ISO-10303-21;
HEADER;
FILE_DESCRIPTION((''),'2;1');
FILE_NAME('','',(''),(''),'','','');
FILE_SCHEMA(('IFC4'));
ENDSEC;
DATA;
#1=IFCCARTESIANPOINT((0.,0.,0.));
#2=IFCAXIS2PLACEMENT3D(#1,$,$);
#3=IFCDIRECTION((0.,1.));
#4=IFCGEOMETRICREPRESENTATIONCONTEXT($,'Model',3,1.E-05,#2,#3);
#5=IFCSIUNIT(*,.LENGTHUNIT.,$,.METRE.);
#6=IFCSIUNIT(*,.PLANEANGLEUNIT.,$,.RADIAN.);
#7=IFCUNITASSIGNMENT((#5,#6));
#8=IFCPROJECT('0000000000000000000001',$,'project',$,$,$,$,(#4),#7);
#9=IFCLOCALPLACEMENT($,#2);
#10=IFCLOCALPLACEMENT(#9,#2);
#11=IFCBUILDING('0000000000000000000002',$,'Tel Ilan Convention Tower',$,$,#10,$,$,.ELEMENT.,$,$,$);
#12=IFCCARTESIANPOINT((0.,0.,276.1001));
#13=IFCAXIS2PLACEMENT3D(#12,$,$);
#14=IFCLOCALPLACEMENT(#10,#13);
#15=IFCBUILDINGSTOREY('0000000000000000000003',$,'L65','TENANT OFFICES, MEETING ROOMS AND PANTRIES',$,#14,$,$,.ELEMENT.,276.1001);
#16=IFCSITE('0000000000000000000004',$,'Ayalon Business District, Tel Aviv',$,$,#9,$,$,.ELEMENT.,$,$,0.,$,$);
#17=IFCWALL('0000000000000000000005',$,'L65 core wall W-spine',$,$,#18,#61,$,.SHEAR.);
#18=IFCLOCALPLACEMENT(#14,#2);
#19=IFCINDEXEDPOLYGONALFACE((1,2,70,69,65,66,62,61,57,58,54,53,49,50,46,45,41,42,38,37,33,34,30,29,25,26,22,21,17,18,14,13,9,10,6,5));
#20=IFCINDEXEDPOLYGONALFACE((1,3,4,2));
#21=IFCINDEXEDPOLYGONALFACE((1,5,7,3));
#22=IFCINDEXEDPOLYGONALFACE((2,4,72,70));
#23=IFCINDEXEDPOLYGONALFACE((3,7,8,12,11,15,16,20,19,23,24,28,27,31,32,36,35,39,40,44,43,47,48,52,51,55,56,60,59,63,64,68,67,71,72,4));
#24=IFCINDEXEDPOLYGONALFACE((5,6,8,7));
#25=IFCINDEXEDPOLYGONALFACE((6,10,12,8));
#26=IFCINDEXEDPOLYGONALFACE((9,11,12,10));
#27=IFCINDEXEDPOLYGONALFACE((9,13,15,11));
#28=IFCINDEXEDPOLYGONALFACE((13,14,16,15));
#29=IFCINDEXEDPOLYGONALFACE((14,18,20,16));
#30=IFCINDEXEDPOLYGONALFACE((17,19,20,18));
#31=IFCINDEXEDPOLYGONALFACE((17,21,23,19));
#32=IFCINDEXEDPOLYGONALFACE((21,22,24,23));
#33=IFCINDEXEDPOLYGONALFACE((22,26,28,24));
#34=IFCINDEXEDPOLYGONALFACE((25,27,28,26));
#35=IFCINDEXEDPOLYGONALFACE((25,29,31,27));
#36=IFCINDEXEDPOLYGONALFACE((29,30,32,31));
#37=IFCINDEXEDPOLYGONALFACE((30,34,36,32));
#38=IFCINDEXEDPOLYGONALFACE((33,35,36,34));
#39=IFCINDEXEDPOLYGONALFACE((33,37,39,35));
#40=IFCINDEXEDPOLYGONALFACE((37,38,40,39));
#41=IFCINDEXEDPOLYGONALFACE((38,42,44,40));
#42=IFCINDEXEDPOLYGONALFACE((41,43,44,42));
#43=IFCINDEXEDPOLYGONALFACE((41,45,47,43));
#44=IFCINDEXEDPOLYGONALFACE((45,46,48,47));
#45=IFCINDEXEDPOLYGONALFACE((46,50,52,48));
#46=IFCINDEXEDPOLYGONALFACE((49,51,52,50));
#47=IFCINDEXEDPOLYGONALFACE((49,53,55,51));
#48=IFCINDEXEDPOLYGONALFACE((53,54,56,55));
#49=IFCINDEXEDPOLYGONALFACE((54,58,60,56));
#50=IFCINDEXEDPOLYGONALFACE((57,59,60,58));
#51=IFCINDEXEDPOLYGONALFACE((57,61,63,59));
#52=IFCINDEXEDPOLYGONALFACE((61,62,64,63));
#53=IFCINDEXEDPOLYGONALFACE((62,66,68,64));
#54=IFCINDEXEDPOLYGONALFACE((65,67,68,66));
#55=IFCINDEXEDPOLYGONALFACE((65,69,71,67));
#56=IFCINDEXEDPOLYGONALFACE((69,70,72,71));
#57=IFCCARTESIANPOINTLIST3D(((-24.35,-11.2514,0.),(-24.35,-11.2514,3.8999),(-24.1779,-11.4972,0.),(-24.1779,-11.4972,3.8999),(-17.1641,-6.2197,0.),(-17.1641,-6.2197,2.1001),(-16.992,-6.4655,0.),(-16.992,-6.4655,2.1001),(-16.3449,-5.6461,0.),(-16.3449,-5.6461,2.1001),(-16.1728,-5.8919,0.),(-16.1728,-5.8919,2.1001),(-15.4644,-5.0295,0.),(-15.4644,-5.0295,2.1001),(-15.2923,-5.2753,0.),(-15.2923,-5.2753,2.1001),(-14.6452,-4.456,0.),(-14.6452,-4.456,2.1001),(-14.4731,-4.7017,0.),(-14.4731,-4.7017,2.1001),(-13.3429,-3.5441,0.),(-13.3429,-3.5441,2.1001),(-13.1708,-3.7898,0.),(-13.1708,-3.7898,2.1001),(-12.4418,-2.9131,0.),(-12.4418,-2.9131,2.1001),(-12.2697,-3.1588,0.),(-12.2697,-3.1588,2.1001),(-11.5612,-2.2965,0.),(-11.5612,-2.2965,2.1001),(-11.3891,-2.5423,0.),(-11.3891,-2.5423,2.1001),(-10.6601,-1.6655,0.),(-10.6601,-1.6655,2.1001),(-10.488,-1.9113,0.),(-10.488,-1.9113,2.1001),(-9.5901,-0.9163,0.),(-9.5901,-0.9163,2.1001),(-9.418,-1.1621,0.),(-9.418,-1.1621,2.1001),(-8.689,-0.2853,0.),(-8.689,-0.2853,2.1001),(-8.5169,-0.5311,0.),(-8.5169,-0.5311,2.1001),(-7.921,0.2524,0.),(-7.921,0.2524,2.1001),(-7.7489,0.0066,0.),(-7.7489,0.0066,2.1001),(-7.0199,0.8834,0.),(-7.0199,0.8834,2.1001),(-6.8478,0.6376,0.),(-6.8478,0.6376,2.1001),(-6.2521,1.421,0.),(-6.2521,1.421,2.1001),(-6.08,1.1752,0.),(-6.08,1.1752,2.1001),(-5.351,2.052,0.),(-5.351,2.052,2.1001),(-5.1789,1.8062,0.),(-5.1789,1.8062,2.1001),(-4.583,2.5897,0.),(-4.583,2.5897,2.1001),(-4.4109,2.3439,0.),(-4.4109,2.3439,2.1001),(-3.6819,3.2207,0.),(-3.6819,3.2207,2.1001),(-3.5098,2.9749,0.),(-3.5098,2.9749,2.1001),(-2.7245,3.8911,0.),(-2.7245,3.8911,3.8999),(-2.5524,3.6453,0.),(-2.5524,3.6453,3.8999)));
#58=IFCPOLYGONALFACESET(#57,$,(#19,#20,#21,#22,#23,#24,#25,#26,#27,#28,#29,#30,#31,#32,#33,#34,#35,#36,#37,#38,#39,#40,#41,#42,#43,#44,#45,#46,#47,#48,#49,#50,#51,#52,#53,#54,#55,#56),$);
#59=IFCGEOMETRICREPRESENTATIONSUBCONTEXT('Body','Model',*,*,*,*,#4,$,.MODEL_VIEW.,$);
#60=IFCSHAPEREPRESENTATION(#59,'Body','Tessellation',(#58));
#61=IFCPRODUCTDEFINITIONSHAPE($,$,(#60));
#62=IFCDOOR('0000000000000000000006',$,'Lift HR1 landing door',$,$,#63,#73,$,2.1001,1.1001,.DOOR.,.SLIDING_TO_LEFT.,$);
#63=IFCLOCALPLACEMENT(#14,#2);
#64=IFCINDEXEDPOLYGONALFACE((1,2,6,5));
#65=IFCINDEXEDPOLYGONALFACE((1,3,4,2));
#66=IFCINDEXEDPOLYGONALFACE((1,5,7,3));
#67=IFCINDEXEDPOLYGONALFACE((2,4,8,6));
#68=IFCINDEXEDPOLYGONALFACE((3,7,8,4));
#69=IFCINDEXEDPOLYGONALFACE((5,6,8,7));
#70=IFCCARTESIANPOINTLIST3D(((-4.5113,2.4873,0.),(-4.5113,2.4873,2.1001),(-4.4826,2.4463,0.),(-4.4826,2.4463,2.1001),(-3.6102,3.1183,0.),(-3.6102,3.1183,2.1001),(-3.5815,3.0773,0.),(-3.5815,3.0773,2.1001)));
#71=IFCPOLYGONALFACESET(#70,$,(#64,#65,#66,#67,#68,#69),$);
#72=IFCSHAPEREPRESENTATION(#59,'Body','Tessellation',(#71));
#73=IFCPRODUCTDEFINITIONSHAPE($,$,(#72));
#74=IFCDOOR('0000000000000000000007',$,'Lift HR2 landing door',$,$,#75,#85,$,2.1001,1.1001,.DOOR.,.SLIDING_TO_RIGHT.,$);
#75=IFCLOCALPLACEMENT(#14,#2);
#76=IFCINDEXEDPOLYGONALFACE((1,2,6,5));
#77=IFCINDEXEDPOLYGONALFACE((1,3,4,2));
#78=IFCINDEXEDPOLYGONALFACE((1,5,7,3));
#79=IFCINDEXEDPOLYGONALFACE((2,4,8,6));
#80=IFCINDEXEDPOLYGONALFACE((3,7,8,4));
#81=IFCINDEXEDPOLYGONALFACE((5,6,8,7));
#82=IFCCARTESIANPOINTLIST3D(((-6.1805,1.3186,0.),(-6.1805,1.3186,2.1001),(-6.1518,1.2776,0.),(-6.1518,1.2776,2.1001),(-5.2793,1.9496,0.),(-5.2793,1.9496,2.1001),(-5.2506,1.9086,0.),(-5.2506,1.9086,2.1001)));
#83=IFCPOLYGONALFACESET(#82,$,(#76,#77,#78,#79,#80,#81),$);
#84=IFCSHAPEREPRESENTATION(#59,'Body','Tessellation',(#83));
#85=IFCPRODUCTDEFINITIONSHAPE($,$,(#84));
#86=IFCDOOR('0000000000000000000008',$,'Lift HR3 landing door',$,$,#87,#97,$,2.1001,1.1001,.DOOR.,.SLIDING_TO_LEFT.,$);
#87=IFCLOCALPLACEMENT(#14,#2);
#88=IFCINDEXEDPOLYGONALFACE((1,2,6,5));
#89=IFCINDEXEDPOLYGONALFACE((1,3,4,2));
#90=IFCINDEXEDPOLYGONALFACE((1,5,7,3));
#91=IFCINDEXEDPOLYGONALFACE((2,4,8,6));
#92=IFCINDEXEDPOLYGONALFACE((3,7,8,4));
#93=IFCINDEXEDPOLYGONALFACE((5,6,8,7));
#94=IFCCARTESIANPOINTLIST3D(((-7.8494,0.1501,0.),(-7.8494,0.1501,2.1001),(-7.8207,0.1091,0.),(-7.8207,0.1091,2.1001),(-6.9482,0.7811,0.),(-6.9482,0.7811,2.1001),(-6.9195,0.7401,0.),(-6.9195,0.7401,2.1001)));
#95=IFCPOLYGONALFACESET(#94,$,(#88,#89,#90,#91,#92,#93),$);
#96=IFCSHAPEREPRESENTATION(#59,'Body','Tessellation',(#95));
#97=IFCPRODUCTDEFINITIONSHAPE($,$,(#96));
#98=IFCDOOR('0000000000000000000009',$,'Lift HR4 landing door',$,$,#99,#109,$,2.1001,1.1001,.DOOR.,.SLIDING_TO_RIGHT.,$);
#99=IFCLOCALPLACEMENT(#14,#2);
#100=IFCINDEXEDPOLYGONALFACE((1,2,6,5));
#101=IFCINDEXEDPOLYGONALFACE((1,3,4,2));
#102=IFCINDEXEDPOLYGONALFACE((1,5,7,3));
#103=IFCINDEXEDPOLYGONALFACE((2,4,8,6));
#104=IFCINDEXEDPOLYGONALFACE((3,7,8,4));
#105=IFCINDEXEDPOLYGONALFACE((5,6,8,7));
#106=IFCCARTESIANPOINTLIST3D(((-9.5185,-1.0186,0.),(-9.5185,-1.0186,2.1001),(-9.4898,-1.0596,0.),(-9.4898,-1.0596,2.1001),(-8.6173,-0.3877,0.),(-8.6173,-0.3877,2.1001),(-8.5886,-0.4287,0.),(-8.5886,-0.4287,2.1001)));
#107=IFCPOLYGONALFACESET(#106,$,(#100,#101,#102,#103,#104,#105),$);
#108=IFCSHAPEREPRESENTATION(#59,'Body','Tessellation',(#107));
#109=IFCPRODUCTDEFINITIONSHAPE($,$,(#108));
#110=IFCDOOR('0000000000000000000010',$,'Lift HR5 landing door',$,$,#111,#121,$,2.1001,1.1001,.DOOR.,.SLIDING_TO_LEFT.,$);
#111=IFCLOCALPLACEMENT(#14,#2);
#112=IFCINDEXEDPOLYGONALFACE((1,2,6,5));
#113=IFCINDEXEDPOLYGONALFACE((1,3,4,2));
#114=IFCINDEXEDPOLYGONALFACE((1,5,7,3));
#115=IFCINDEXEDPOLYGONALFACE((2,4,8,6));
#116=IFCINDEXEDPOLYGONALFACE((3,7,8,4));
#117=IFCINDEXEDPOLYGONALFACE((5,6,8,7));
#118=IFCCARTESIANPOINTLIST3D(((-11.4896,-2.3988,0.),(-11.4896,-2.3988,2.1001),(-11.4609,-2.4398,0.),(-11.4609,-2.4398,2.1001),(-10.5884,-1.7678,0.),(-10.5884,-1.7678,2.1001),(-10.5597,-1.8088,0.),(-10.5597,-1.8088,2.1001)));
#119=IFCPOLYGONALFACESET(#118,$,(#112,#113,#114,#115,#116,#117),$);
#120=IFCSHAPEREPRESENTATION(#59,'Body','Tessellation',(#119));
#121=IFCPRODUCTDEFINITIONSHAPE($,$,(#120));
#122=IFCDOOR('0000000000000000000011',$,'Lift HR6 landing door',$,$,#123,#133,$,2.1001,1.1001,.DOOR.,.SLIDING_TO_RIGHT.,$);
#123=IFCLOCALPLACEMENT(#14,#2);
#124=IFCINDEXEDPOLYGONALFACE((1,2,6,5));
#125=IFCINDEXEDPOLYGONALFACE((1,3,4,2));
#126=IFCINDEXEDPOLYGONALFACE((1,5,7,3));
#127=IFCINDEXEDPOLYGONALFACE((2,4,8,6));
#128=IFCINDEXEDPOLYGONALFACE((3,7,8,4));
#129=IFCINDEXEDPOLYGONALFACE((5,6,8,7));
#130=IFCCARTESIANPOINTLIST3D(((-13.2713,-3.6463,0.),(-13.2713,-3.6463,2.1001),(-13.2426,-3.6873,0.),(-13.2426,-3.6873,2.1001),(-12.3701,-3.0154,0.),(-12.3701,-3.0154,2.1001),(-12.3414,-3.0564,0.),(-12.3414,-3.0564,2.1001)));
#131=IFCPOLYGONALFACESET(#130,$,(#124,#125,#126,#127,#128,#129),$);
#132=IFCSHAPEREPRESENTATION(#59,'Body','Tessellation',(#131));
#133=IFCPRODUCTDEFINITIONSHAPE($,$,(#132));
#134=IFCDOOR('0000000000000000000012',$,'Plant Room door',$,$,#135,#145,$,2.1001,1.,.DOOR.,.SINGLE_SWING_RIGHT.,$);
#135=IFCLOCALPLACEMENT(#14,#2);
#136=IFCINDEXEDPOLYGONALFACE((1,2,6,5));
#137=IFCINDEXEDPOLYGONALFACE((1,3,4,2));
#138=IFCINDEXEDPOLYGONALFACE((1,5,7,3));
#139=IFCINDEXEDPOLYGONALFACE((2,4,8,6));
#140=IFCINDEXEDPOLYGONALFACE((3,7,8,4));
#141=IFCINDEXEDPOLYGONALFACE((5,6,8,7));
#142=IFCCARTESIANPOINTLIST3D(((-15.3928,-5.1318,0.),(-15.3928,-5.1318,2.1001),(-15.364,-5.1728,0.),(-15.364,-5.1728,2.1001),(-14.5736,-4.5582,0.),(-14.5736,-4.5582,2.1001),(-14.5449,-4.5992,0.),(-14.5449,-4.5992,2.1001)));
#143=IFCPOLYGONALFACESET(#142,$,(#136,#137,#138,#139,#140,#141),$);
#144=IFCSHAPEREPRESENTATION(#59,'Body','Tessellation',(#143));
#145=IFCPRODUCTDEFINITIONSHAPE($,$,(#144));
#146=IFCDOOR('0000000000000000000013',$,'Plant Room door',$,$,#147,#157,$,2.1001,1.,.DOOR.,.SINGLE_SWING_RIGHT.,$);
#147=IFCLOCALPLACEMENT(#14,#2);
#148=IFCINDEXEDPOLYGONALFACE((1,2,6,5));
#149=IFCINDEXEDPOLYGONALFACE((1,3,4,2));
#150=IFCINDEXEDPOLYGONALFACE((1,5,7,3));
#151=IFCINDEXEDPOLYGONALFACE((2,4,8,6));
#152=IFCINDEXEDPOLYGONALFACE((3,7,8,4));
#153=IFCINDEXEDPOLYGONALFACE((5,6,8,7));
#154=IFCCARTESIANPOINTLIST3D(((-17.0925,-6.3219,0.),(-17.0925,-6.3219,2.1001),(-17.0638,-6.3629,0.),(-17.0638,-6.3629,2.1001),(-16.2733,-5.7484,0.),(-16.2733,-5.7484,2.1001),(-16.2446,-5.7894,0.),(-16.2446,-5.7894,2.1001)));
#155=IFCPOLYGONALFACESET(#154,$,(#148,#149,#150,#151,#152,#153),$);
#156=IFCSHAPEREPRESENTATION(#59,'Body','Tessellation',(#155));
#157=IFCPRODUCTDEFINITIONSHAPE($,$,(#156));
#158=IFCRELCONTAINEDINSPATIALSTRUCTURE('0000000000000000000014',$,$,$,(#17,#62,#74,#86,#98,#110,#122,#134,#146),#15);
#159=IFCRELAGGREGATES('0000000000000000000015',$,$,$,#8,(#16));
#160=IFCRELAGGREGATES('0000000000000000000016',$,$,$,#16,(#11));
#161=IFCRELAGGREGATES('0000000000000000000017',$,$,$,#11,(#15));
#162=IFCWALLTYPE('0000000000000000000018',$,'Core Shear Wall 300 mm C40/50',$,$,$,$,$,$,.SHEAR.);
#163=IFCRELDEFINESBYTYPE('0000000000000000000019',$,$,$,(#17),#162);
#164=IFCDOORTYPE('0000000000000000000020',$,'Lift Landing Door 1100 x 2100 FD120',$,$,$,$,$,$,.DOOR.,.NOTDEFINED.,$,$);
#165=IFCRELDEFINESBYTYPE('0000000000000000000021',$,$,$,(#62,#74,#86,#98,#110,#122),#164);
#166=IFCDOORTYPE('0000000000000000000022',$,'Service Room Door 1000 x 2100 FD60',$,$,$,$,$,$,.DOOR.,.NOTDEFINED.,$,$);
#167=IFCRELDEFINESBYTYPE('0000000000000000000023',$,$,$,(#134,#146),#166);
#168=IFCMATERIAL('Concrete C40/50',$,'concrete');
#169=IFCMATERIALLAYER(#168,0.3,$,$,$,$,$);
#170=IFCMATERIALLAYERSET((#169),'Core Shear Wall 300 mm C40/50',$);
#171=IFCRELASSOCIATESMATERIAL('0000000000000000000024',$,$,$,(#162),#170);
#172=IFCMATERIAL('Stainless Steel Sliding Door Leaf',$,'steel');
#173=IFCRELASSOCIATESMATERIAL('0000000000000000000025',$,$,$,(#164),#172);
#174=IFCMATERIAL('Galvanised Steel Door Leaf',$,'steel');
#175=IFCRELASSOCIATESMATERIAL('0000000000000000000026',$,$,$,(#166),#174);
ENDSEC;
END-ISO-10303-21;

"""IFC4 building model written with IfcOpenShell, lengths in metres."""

from ifc_helpers import new_model, si_unit, direction, frame, frame_2d, origin, place, context, subcontext, project, spatial, polyline, rectangle, outline, extrude, material, layer, layer_set, type_object, element, fill, save


model = new_model("IFC4")

# Units and contexts
model_context = context("Model", 3, precision=1e-05, world=origin(), true_north=direction((0.0, 1.0)))
body_context = subcontext(model_context, "Body", "Model", "MODEL_VIEW")
ifc_project = project(units=[si_unit("LENGTHUNIT", "METRE"), si_unit("PLANEANGLEUNIT", "RADIAN")], contexts=[model_context])

# Site, building, storey
site_placement = place(None, origin())
site = spatial("IfcSite", under=ifc_project, at=site_placement, Name="Ayalon Business District, Tel Aviv", CompositionType="ELEMENT", RefElevation=0.0)
building_placement = place(site_placement, origin())
building = spatial("IfcBuilding", under=site, at=building_placement, Name="Tel Ilan Convention Tower", CompositionType="ELEMENT")
storey_placement = place(building_placement, frame((0.0, 0.0, 276.1001)))
storey = spatial("IfcBuildingStorey", under=building, at=storey_placement, Name="L65", Description="TENANT OFFICES, MEETING ROOMS AND PANTRIES", CompositionType="ELEMENT", Elevation=276.1001)

# Wall, openings, doors
ifc_material_1 = material(Name="Concrete C40/50", Category="concrete")
ifc_layer_1 = layer(ifc_material_1, 0.3)
ifc_layer_set_1 = layer_set([ifc_layer_1], Name="Core Shear Wall 300 mm C40/50")
wall_type_1 = type_object("IfcWallType", Name="Core Shear Wall 300 mm C40/50", PredefinedType="SHEAR", material=ifc_layer_set_1)
wall_1_placement = place(storey_placement, frame((-2.6384, 3.7681, 0.0), z_axis=(0.0, 0.0, 1.0), x_axis=(-0.819155, -0.573572, 0.0)))
wall_1 = element("IfcWall", 1, at=wall_1_placement, inside=storey, type_object=wall_type_1, Name="L65 core wall W-spine", PredefinedType="SHEAR", context=body_context, shape_type="SweptSolid", body=[
    extrude(outline(polyline([(26.3999, 0.1501), (0.0, 0.1499), (0.0, -0.1501), (26.3999, -0.1499), (26.3999, 0.1501)])), origin(), (0.0, 0.0, 1.0), 3.8999),
])
opening_1_placement = place(wall_1_placement, frame((1.1687, 0.0, 0.0)))
opening_1 = element("IfcOpeningElement", 2, at=opening_1_placement, cuts=wall_1, PredefinedType="OPENING", context=body_context, shape_type="SweptSolid", body=[
    extrude(rectangle(XDim=1.1001, YDim=2.1001, at=frame_2d((0.55, 1.05))), frame((0.0, 0.1599, 0.0), z_axis=(0.0, -1.0, 0.0), x_axis=(1.0, 0.0, 0.0)), (0.0, 0.0, 1.0), 0.3201),
])
opening_2_placement = place(wall_1_placement, frame((3.2063, 0.0, 0.0)))
opening_2 = element("IfcOpeningElement", 3, at=opening_2_placement, cuts=wall_1, PredefinedType="OPENING", context=body_context, shape_type="SweptSolid", body=[
    extrude(rectangle(XDim=1.1001, YDim=2.1001, at=frame_2d((0.55, 1.05))), frame((0.0, 0.1599, 0.0), z_axis=(0.0, -1.0, 0.0), x_axis=(1.0, 0.0, 0.0)), (0.0, 0.0, 1.0), 0.3201),
])
opening_3_placement = place(wall_1_placement, frame((5.2437, 0.0, 0.0)))
opening_3 = element("IfcOpeningElement", 4, at=opening_3_placement, cuts=wall_1, PredefinedType="OPENING", context=body_context, shape_type="SweptSolid", body=[
    extrude(rectangle(XDim=1.1001, YDim=2.1001, at=frame_2d((0.55, 1.05))), frame((0.0, 0.1599, 0.0), z_axis=(0.0, -1.0, 0.0), x_axis=(1.0, 0.0, 0.0)), (0.0, 0.0, 1.0), 0.3201),
])
opening_4_placement = place(wall_1_placement, frame((7.2812, 0.0, 0.0)))
opening_4 = element("IfcOpeningElement", 5, at=opening_4_placement, cuts=wall_1, PredefinedType="OPENING", context=body_context, shape_type="SweptSolid", body=[
    extrude(rectangle(XDim=1.1001, YDim=2.1001, at=frame_2d((0.55, 1.05))), frame((0.0, 0.1599, 0.0), z_axis=(0.0, -1.0, 0.0), x_axis=(1.0, 0.0, 0.0)), (0.0, 0.0, 1.0), 0.3201),
])
opening_5_placement = place(wall_1_placement, frame((9.6875, 0.0, 0.0)))
opening_5 = element("IfcOpeningElement", 6, at=opening_5_placement, cuts=wall_1, PredefinedType="OPENING", context=body_context, shape_type="SweptSolid", body=[
    extrude(rectangle(XDim=1.1001, YDim=2.1001, at=frame_2d((0.55, 1.05))), frame((0.0, 0.1599, 0.0), z_axis=(0.0, -1.0, 0.0), x_axis=(1.0, 0.0, 0.0)), (0.0, 0.0, 1.0), 0.3201),
])
opening_6_placement = place(wall_1_placement, frame((11.8625, 0.0, 0.0)))
opening_6 = element("IfcOpeningElement", 7, at=opening_6_placement, cuts=wall_1, PredefinedType="OPENING", context=body_context, shape_type="SweptSolid", body=[
    extrude(rectangle(XDim=1.1001, YDim=2.1001, at=frame_2d((0.55, 1.05))), frame((0.0, 0.1599, 0.0), z_axis=(0.0, -1.0, 0.0), x_axis=(1.0, 0.0, 0.0)), (0.0, 0.0, 1.0), 0.3201),
])
opening_7_placement = place(wall_1_placement, frame((14.5525, 0.0, 0.0)))
opening_7 = element("IfcOpeningElement", 8, at=opening_7_placement, cuts=wall_1, PredefinedType="OPENING", context=body_context, shape_type="SweptSolid", body=[
    extrude(rectangle(XDim=1.0, YDim=2.1001, at=frame_2d((0.5, 1.05))), frame((0.0, 0.1599, 0.0), z_axis=(0.0, -1.0, 0.0), x_axis=(1.0, 0.0, 0.0)), (0.0, 0.0, 1.0), 0.3201),
])
opening_8_placement = place(wall_1_placement, frame((16.6274, 0.0, 0.0)))
opening_8 = element("IfcOpeningElement", 9, at=opening_8_placement, cuts=wall_1, PredefinedType="OPENING", context=body_context, shape_type="SweptSolid", body=[
    extrude(rectangle(XDim=1.0, YDim=2.1001, at=frame_2d((0.5, 1.05))), frame((0.0, 0.1599, 0.0), z_axis=(0.0, -1.0, 0.0), x_axis=(1.0, 0.0, 0.0)), (0.0, 0.0, 1.0), 0.3201),
])
ifc_material_2 = material(Name="Stainless Steel Sliding Door Leaf", Category="steel")
door_type_1 = type_object("IfcDoorType", Name="Lift Landing Door 1100 x 2100 FD120", OperationType="NOTDEFINED", PredefinedType="DOOR", material=ifc_material_2)
door_1_placement = place(opening_1_placement, origin())
door_1 = element("IfcDoor", 10, at=door_1_placement, inside=storey, type_object=door_type_1, Name="Lift HR1 landing door", OperationType="SLIDING_TO_LEFT", OverallHeight=2.1001, OverallWidth=1.1001, PredefinedType="DOOR", context=body_context, shape_type="SweptSolid", body=[
    extrude(rectangle(XDim=1.1001, YDim=2.1001, at=frame_2d((0.55, 1.05))), frame((0.0, 0.0249, 0.0), z_axis=(0.0, -1.0, 0.0), x_axis=(1.0, 0.0, 0.0)), (0.0, 0.0, 1.0), 0.05),
])
fill(opening_1, door_1)
door_2_placement = place(opening_2_placement, origin())
door_2 = element("IfcDoor", 11, at=door_2_placement, inside=storey, type_object=door_type_1, Name="Lift HR2 landing door", OperationType="SLIDING_TO_RIGHT", OverallHeight=2.1001, OverallWidth=1.1001, PredefinedType="DOOR", context=body_context, shape_type="SweptSolid", body=[
    extrude(rectangle(XDim=1.1001, YDim=2.1001, at=frame_2d((0.55, 1.05))), frame((0.0, 0.0249, 0.0), z_axis=(0.0, -1.0, 0.0), x_axis=(1.0, 0.0, 0.0)), (0.0, 0.0, 1.0), 0.05),
])
fill(opening_2, door_2)
door_3_placement = place(opening_3_placement, origin())
door_3 = element("IfcDoor", 12, at=door_3_placement, inside=storey, type_object=door_type_1, Name="Lift HR3 landing door", OperationType="SLIDING_TO_LEFT", OverallHeight=2.1001, OverallWidth=1.1001, PredefinedType="DOOR", context=body_context, shape_type="SweptSolid", body=[
    extrude(rectangle(XDim=1.1001, YDim=2.1001, at=frame_2d((0.55, 1.05))), frame((0.0, 0.0249, 0.0), z_axis=(0.0, -1.0, 0.0), x_axis=(1.0, 0.0, 0.0)), (0.0, 0.0, 1.0), 0.05),
])
fill(opening_3, door_3)
door_4_placement = place(opening_4_placement, origin())
door_4 = element("IfcDoor", 13, at=door_4_placement, inside=storey, type_object=door_type_1, Name="Lift HR4 landing door", OperationType="SLIDING_TO_RIGHT", OverallHeight=2.1001, OverallWidth=1.1001, PredefinedType="DOOR", context=body_context, shape_type="SweptSolid", body=[
    extrude(rectangle(XDim=1.1001, YDim=2.1001, at=frame_2d((0.55, 1.05))), frame((0.0, 0.0249, 0.0), z_axis=(0.0, -1.0, 0.0), x_axis=(1.0, 0.0, 0.0)), (0.0, 0.0, 1.0), 0.05),
])
fill(opening_4, door_4)
door_5_placement = place(opening_5_placement, origin())
door_5 = element("IfcDoor", 14, at=door_5_placement, inside=storey, type_object=door_type_1, Name="Lift HR5 landing door", OperationType="SLIDING_TO_LEFT", OverallHeight=2.1001, OverallWidth=1.1001, PredefinedType="DOOR", context=body_context, shape_type="SweptSolid", body=[
    extrude(rectangle(XDim=1.1001, YDim=2.1001, at=frame_2d((0.55, 1.05))), frame((0.0, 0.0249, 0.0), z_axis=(0.0, -1.0, 0.0), x_axis=(1.0, 0.0, 0.0)), (0.0, 0.0, 1.0), 0.05),
])
fill(opening_5, door_5)
door_6_placement = place(opening_6_placement, origin())
door_6 = element("IfcDoor", 15, at=door_6_placement, inside=storey, type_object=door_type_1, Name="Lift HR6 landing door", OperationType="SLIDING_TO_RIGHT", OverallHeight=2.1001, OverallWidth=1.1001, PredefinedType="DOOR", context=body_context, shape_type="SweptSolid", body=[
    extrude(rectangle(XDim=1.1001, YDim=2.1001, at=frame_2d((0.55, 1.05))), frame((0.0, 0.0249, 0.0), z_axis=(0.0, -1.0, 0.0), x_axis=(1.0, 0.0, 0.0)), (0.0, 0.0, 1.0), 0.05),
])
fill(opening_6, door_6)
ifc_material_3 = material(Name="Galvanised Steel Door Leaf", Category="steel")
door_type_2 = type_object("IfcDoorType", Name="Service Room Door 1000 x 2100 FD60", OperationType="NOTDEFINED", PredefinedType="DOOR", material=ifc_material_3)
door_7_placement = place(opening_7_placement, origin())
door_7 = element("IfcDoor", 16, at=door_7_placement, inside=storey, type_object=door_type_2, Name="Plant Room door", OperationType="SINGLE_SWING_RIGHT", OverallHeight=2.1001, OverallWidth=1.0, PredefinedType="DOOR", context=body_context, shape_type="SweptSolid", body=[
    extrude(rectangle(XDim=1.0, YDim=2.1001, at=frame_2d((0.5, 1.05))), frame((0.0, 0.0249, 0.0), z_axis=(0.0, -1.0, 0.0), x_axis=(1.0, 0.0, 0.0)), (0.0, 0.0, 1.0), 0.05),
])
fill(opening_7, door_7)
door_8_placement = place(opening_8_placement, origin())
door_8 = element("IfcDoor", 17, at=door_8_placement, inside=storey, type_object=door_type_2, Name="Plant Room door", OperationType="SINGLE_SWING_RIGHT", OverallHeight=2.1001, OverallWidth=1.0, PredefinedType="DOOR", context=body_context, shape_type="SweptSolid", body=[
    extrude(rectangle(XDim=1.0, YDim=2.1001, at=frame_2d((0.5, 1.05))), frame((0.0, 0.0249, 0.0), z_axis=(0.0, -1.0, 0.0), x_axis=(1.0, 0.0, 0.0)), (0.0, 0.0, 1.0), 0.05),
])
fill(opening_8, door_8)

save(model, "model.ifc")
